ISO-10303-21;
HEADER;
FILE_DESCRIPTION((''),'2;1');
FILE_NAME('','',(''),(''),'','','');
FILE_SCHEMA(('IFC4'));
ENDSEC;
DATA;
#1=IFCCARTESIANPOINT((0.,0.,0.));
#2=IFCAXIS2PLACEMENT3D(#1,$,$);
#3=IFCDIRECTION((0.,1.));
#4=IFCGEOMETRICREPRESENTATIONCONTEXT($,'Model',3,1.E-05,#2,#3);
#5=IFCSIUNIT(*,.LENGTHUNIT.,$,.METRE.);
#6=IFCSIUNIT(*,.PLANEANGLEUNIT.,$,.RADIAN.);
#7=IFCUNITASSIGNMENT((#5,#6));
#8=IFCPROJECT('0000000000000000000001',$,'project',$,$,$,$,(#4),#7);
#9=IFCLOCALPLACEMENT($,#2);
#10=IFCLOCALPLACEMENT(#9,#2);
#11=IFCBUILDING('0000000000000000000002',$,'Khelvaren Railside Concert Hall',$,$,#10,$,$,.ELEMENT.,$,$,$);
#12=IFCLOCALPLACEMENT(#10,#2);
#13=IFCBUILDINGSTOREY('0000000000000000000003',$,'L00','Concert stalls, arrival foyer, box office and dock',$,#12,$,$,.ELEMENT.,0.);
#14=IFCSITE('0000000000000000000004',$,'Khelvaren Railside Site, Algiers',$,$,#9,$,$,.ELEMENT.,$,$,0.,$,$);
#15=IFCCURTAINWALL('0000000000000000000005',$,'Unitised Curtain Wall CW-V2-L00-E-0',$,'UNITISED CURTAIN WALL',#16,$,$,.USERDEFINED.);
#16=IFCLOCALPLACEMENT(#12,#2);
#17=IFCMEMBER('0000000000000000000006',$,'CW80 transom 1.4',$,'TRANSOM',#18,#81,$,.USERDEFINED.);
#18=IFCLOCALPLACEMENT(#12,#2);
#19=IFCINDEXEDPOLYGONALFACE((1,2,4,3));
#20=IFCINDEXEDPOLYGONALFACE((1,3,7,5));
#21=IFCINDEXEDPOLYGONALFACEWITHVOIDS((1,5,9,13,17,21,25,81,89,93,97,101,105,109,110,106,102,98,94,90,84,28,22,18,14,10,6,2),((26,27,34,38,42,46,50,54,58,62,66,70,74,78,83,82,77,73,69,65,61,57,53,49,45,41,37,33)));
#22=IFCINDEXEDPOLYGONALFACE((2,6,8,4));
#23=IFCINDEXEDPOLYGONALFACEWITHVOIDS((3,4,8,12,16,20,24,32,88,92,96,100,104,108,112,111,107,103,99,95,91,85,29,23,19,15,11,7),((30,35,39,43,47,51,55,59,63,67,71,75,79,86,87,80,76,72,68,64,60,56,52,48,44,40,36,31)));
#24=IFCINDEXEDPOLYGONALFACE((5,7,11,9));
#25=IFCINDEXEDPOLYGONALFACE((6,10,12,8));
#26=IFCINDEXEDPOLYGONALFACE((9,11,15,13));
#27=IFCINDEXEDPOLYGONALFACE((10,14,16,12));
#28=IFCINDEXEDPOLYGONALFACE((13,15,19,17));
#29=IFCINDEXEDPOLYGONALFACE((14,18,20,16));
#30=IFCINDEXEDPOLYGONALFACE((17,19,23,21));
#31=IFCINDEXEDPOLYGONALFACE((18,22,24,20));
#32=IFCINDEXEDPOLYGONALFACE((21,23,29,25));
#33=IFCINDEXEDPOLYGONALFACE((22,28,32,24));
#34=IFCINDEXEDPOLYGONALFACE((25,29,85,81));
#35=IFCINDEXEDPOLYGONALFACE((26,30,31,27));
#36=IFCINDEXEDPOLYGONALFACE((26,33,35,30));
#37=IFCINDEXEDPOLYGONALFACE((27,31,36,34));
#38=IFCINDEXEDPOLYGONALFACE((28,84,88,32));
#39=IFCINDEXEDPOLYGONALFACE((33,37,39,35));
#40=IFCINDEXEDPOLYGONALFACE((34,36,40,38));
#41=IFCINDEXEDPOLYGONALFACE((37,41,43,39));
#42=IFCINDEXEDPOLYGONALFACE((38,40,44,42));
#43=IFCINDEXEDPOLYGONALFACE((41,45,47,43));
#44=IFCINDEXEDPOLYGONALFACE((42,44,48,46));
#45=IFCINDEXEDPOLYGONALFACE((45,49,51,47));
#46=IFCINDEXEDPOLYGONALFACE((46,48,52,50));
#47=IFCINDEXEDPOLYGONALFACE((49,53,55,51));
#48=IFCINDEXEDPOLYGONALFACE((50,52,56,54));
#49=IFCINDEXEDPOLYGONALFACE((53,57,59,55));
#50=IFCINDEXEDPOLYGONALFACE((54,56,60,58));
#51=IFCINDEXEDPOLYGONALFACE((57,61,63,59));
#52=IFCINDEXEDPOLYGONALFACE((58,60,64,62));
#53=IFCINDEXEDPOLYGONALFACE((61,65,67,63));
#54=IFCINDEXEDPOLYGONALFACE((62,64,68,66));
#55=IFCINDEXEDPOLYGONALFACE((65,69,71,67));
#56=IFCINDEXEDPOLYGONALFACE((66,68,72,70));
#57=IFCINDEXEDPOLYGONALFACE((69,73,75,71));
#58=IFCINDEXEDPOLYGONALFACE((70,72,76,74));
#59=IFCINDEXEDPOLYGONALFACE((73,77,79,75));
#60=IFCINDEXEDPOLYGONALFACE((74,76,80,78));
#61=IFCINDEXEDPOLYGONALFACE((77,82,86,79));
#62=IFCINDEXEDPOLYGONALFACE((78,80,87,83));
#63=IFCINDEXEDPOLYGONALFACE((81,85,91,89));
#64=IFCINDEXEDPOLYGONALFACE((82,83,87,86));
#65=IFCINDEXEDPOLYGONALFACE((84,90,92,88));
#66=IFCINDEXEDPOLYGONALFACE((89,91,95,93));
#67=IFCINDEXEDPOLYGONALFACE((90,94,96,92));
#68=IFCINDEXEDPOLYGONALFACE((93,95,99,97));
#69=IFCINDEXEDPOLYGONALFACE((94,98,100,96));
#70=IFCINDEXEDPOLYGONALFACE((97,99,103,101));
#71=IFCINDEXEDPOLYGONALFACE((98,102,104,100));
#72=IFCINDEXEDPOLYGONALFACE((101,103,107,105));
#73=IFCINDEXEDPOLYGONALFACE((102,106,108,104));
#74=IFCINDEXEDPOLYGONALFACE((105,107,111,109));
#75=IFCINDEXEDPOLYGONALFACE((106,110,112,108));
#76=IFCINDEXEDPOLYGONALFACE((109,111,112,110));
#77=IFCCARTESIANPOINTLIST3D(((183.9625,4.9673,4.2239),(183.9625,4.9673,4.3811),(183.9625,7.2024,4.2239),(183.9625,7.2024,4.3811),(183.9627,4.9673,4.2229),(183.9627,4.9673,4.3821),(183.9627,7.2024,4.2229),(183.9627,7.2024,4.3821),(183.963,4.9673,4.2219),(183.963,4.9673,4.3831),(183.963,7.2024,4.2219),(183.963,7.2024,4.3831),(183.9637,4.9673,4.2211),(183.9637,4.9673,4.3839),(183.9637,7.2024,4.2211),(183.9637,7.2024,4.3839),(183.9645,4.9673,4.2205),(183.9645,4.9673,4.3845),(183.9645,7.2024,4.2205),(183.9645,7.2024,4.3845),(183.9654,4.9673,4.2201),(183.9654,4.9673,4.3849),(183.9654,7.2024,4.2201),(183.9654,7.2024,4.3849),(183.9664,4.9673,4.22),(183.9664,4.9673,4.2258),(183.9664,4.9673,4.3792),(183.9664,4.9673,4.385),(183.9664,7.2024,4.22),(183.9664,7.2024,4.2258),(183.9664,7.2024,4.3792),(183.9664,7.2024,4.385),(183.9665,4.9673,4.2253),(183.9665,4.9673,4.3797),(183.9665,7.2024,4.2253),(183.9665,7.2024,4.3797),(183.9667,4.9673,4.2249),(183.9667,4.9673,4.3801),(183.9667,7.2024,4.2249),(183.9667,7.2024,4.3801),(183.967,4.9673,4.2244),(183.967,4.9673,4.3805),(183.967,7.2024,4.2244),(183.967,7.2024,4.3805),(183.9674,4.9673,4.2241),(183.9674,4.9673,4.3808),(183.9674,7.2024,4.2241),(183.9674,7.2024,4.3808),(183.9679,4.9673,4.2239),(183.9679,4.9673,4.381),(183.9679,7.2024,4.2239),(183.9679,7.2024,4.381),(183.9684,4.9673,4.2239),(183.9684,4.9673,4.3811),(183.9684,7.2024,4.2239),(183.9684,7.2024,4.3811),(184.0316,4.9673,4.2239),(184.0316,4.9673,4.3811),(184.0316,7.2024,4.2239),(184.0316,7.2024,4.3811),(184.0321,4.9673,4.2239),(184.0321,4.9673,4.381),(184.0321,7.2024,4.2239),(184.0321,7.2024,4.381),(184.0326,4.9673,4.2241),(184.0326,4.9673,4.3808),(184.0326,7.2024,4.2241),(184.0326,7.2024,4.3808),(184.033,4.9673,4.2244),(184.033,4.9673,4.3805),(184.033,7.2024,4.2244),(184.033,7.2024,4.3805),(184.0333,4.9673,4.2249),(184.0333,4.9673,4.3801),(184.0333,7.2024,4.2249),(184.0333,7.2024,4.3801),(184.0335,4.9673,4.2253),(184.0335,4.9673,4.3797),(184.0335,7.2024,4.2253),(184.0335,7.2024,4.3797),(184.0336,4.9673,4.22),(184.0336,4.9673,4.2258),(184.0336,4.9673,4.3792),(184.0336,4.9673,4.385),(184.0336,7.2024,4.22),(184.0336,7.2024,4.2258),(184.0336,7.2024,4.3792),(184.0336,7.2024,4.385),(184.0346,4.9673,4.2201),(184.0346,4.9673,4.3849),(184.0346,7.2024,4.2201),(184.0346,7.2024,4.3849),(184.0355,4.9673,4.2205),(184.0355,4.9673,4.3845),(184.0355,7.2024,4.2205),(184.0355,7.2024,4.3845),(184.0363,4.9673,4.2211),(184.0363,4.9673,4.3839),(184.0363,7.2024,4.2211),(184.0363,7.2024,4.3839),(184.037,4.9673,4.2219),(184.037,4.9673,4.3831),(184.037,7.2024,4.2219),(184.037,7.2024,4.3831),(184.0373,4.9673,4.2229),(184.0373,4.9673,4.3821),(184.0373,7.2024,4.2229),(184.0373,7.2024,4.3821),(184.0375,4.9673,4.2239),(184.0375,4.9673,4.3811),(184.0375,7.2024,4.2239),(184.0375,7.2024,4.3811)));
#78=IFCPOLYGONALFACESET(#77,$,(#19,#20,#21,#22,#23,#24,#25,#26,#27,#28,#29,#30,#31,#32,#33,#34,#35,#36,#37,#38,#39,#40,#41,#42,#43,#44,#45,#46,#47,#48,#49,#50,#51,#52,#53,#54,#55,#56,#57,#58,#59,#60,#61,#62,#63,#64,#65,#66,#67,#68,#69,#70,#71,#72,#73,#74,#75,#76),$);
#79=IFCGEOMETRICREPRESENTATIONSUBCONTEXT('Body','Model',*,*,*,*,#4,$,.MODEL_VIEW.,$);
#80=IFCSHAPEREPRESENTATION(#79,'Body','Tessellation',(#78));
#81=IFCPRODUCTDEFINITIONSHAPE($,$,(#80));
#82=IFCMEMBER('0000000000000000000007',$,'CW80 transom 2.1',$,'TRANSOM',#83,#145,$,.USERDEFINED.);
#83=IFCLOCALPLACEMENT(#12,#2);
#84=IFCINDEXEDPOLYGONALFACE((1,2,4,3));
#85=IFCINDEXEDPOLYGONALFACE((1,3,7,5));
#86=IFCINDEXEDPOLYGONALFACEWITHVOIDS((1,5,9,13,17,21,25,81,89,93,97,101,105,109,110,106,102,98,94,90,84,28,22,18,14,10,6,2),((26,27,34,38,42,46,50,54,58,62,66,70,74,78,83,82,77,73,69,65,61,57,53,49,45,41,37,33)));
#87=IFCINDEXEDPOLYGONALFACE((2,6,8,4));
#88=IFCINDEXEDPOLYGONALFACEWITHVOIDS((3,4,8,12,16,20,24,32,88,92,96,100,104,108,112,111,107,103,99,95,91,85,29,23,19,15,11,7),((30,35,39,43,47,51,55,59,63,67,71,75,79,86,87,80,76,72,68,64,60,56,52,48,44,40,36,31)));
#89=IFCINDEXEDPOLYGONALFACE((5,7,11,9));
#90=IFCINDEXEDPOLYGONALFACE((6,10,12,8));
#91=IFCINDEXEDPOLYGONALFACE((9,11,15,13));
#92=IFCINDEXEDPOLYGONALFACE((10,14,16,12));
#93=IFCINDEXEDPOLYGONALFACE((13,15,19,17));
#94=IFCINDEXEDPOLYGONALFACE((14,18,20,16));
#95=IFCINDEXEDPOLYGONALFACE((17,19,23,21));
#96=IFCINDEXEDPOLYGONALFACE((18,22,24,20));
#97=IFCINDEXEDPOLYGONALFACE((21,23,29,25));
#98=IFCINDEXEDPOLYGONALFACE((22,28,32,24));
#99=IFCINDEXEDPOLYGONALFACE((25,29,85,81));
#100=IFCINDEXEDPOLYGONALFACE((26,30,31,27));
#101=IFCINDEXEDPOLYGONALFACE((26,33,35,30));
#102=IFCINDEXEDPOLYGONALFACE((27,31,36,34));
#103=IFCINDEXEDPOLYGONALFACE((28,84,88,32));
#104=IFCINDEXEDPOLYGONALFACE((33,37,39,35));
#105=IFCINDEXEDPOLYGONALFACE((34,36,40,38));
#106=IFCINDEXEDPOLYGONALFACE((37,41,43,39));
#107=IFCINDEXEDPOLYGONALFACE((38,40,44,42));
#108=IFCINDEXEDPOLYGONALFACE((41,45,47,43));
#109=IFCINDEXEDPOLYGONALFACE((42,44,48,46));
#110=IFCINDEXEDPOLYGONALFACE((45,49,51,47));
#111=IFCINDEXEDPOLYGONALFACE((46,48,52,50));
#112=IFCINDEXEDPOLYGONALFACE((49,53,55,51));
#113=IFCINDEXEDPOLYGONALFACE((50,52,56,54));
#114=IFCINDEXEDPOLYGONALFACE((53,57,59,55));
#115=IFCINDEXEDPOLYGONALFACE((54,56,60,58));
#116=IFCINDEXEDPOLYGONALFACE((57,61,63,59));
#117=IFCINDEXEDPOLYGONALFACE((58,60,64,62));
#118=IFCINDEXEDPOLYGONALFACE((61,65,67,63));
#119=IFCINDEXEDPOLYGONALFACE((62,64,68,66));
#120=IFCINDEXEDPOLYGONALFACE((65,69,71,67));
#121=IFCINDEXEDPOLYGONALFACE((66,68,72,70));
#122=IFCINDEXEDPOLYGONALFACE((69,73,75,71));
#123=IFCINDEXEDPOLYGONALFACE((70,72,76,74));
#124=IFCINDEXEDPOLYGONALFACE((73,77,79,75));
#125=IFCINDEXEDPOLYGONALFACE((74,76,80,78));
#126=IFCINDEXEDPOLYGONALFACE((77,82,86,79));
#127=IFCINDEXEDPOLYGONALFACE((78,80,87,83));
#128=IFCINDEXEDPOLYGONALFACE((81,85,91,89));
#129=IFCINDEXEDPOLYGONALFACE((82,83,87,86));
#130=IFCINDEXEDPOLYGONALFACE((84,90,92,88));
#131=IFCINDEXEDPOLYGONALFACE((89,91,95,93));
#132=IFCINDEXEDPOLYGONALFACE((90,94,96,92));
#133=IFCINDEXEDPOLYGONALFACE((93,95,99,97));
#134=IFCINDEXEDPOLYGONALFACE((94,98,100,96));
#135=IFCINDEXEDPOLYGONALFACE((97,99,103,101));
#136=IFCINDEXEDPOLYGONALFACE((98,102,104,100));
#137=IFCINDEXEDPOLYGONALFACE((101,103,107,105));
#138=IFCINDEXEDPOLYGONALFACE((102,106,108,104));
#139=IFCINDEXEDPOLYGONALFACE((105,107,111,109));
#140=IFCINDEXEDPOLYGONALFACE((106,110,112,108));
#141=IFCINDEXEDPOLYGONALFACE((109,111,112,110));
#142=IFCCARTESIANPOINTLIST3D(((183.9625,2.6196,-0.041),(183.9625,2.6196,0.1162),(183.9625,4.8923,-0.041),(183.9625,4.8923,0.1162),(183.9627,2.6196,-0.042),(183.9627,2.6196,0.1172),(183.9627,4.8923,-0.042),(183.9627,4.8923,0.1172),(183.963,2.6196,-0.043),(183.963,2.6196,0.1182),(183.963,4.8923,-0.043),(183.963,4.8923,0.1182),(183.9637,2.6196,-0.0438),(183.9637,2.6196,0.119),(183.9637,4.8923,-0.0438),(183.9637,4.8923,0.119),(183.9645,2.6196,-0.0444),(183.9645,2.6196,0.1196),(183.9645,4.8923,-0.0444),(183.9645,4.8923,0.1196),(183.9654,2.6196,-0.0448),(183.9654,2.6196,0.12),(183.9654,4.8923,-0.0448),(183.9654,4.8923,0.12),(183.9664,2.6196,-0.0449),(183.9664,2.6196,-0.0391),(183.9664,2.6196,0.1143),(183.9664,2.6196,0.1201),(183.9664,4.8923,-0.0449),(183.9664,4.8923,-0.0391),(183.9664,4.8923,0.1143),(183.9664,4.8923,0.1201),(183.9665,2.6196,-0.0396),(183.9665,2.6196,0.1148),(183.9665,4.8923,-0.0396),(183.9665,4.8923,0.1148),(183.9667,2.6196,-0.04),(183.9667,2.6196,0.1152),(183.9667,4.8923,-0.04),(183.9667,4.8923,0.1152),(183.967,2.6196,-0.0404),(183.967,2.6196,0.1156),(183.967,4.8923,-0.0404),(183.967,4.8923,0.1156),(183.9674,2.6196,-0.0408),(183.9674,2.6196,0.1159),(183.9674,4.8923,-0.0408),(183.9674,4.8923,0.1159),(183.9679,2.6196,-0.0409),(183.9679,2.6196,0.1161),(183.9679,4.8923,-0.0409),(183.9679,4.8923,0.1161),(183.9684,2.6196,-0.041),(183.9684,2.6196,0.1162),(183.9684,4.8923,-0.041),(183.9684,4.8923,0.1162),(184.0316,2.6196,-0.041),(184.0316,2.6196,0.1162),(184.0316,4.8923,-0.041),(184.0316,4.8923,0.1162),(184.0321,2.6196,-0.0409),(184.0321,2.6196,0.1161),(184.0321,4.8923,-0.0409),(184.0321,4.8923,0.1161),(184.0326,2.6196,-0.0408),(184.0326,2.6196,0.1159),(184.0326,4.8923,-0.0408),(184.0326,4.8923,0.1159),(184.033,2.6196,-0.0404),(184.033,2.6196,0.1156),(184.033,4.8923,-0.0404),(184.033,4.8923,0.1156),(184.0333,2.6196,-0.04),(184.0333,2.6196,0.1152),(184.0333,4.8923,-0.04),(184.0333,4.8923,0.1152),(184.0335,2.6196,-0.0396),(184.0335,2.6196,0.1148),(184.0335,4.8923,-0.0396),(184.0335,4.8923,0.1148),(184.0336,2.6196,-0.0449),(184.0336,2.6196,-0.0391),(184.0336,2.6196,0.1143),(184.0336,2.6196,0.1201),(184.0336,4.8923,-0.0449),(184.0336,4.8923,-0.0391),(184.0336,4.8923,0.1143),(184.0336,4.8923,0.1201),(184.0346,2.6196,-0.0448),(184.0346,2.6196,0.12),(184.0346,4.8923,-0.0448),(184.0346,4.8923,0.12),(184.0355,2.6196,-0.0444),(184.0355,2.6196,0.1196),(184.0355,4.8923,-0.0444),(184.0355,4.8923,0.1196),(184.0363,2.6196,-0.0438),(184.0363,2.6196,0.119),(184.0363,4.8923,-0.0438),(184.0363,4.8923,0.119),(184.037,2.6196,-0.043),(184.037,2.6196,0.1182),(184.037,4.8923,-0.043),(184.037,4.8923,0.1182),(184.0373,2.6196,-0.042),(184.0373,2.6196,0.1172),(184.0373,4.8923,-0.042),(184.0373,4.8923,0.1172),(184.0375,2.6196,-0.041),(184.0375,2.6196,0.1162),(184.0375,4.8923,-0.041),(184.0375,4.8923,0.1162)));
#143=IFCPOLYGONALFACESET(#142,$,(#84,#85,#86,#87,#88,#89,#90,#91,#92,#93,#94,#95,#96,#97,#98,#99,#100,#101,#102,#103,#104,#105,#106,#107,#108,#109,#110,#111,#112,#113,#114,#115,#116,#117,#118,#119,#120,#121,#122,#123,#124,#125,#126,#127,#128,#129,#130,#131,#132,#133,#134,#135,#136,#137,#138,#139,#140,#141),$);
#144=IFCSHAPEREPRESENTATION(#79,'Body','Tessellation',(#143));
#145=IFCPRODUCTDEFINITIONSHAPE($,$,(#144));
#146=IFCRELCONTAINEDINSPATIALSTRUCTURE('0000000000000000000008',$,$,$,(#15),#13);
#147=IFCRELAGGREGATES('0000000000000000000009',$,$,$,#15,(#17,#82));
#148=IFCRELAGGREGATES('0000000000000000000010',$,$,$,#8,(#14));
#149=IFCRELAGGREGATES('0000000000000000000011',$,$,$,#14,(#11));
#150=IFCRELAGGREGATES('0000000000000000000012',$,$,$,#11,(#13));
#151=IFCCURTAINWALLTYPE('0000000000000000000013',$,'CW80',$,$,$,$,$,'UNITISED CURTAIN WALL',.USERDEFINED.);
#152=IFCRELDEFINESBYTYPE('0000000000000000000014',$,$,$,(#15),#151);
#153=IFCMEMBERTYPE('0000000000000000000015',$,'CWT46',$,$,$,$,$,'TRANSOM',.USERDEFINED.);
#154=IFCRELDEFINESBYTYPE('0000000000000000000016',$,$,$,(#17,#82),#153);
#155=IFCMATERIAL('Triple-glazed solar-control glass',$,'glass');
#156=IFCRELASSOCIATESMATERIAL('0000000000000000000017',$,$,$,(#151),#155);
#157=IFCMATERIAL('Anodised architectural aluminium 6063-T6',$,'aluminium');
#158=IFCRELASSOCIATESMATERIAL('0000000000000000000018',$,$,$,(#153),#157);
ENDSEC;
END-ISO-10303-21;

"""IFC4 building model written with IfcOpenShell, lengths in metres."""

from ifc_helpers import new_model, si_unit, direction, frame, origin, origin_2d, place, context, subcontext, project, spatial, hollow_rectangle, extrude, material, material_profile, profile_set, type_object, element, aggregate, save


model = new_model("IFC4")

# Units and contexts
model_context = context("Model", 3, precision=1e-05, world=origin(), true_north=direction((0.0, 1.0)))
body_context = subcontext(model_context, "Body", "Model", "MODEL_VIEW")
ifc_project = project(units=[si_unit("LENGTHUNIT", "METRE"), si_unit("PLANEANGLEUNIT", "RADIAN")], contexts=[model_context])

# Site, building, storey
site_placement = place(None, origin())
site = spatial("IfcSite", under=ifc_project, at=site_placement, Name="Khelvaren Railside Site, Algiers", CompositionType="ELEMENT", RefElevation=0.0)
building_placement = place(site_placement, origin())
building = spatial("IfcBuilding", under=site, at=building_placement, Name="Khelvaren Railside Concert Hall", CompositionType="ELEMENT")
storey_placement = place(building_placement, origin())
storey = spatial("IfcBuildingStorey", under=building, at=storey_placement, Name="L00", Description="Concert stalls, arrival foyer, box office and dock", CompositionType="ELEMENT", Elevation=0.0)

# Curtain wall
ifc_material_1 = material(Name="Triple-glazed solar-control glass", Category="glass")
curtain_wall_type_1 = type_object("IfcCurtainWallType", Name="CW80", ElementType="UNITISED CURTAIN WALL", PredefinedType="USERDEFINED", material=ifc_material_1)
curtain_wall_1_placement = place(storey_placement, origin())
curtain_wall_1 = element("IfcCurtainWall", 1, at=curtain_wall_1_placement, inside=storey, type_object=curtain_wall_type_1, Name="Unitised Curtain Wall CW-V2-L00-E-0", ObjectType="UNITISED CURTAIN WALL", PredefinedType="USERDEFINED")
ifc_material_2 = material(Name="Anodised architectural aluminium 6063-T6", Category="aluminium")

# Members
ifc_material_profile_1 = material_profile(ifc_material_2, hollow_rectangle(XDim=0.075, YDim=0.165, WallThickness=0.0039, InnerFilletRadius=0.002, OuterFilletRadius=0.0039, at=origin_2d()), Name="CWT 75x165x4")
ifc_profile_set_1 = profile_set([ifc_material_profile_1], Name="Anodised architectural aluminium 6063-T6")
member_type_1 = type_object("IfcMemberType", Name="CWT46", ElementType="TRANSOM", PredefinedType="USERDEFINED", material=ifc_profile_set_1)
member_1_placement = place(storey_placement, frame((184.0, 7.2024, 4.3025), z_axis=(0.0, -1.0, 0.0), x_axis=(1.0, 0.0, 0.0)))
member_1 = element("IfcMember", 2, at=member_1_placement, type_object=member_type_1, Name="CW80 transom 1.4", ObjectType="TRANSOM", PredefinedType="USERDEFINED", context=body_context, shape_type="SweptSolid", body=[
    extrude(hollow_rectangle(XDim=0.075, YDim=0.165, WallThickness=0.0039, InnerFilletRadius=0.002, OuterFilletRadius=0.0039, at=origin_2d()), origin(), (0.0, 0.0, 1.0), 2.2351),
])
member_2_placement = place(storey_placement, frame((184.0, 4.8923, 0.0376), z_axis=(0.0, -1.0, 0.0), x_axis=(1.0, 0.0, 0.0)))
member_2 = element("IfcMember", 3, at=member_2_placement, type_object=member_type_1, Name="CW80 transom 2.1", ObjectType="TRANSOM", PredefinedType="USERDEFINED", context=body_context, shape_type="SweptSolid", body=[
    extrude(hollow_rectangle(XDim=0.075, YDim=0.165, WallThickness=0.0039, InnerFilletRadius=0.002, OuterFilletRadius=0.0039, at=origin_2d()), origin(), (0.0, 0.0, 1.0), 2.2727),
])

aggregate(curtain_wall_1, [member_1, member_2])

save(model, "model.ifc")
